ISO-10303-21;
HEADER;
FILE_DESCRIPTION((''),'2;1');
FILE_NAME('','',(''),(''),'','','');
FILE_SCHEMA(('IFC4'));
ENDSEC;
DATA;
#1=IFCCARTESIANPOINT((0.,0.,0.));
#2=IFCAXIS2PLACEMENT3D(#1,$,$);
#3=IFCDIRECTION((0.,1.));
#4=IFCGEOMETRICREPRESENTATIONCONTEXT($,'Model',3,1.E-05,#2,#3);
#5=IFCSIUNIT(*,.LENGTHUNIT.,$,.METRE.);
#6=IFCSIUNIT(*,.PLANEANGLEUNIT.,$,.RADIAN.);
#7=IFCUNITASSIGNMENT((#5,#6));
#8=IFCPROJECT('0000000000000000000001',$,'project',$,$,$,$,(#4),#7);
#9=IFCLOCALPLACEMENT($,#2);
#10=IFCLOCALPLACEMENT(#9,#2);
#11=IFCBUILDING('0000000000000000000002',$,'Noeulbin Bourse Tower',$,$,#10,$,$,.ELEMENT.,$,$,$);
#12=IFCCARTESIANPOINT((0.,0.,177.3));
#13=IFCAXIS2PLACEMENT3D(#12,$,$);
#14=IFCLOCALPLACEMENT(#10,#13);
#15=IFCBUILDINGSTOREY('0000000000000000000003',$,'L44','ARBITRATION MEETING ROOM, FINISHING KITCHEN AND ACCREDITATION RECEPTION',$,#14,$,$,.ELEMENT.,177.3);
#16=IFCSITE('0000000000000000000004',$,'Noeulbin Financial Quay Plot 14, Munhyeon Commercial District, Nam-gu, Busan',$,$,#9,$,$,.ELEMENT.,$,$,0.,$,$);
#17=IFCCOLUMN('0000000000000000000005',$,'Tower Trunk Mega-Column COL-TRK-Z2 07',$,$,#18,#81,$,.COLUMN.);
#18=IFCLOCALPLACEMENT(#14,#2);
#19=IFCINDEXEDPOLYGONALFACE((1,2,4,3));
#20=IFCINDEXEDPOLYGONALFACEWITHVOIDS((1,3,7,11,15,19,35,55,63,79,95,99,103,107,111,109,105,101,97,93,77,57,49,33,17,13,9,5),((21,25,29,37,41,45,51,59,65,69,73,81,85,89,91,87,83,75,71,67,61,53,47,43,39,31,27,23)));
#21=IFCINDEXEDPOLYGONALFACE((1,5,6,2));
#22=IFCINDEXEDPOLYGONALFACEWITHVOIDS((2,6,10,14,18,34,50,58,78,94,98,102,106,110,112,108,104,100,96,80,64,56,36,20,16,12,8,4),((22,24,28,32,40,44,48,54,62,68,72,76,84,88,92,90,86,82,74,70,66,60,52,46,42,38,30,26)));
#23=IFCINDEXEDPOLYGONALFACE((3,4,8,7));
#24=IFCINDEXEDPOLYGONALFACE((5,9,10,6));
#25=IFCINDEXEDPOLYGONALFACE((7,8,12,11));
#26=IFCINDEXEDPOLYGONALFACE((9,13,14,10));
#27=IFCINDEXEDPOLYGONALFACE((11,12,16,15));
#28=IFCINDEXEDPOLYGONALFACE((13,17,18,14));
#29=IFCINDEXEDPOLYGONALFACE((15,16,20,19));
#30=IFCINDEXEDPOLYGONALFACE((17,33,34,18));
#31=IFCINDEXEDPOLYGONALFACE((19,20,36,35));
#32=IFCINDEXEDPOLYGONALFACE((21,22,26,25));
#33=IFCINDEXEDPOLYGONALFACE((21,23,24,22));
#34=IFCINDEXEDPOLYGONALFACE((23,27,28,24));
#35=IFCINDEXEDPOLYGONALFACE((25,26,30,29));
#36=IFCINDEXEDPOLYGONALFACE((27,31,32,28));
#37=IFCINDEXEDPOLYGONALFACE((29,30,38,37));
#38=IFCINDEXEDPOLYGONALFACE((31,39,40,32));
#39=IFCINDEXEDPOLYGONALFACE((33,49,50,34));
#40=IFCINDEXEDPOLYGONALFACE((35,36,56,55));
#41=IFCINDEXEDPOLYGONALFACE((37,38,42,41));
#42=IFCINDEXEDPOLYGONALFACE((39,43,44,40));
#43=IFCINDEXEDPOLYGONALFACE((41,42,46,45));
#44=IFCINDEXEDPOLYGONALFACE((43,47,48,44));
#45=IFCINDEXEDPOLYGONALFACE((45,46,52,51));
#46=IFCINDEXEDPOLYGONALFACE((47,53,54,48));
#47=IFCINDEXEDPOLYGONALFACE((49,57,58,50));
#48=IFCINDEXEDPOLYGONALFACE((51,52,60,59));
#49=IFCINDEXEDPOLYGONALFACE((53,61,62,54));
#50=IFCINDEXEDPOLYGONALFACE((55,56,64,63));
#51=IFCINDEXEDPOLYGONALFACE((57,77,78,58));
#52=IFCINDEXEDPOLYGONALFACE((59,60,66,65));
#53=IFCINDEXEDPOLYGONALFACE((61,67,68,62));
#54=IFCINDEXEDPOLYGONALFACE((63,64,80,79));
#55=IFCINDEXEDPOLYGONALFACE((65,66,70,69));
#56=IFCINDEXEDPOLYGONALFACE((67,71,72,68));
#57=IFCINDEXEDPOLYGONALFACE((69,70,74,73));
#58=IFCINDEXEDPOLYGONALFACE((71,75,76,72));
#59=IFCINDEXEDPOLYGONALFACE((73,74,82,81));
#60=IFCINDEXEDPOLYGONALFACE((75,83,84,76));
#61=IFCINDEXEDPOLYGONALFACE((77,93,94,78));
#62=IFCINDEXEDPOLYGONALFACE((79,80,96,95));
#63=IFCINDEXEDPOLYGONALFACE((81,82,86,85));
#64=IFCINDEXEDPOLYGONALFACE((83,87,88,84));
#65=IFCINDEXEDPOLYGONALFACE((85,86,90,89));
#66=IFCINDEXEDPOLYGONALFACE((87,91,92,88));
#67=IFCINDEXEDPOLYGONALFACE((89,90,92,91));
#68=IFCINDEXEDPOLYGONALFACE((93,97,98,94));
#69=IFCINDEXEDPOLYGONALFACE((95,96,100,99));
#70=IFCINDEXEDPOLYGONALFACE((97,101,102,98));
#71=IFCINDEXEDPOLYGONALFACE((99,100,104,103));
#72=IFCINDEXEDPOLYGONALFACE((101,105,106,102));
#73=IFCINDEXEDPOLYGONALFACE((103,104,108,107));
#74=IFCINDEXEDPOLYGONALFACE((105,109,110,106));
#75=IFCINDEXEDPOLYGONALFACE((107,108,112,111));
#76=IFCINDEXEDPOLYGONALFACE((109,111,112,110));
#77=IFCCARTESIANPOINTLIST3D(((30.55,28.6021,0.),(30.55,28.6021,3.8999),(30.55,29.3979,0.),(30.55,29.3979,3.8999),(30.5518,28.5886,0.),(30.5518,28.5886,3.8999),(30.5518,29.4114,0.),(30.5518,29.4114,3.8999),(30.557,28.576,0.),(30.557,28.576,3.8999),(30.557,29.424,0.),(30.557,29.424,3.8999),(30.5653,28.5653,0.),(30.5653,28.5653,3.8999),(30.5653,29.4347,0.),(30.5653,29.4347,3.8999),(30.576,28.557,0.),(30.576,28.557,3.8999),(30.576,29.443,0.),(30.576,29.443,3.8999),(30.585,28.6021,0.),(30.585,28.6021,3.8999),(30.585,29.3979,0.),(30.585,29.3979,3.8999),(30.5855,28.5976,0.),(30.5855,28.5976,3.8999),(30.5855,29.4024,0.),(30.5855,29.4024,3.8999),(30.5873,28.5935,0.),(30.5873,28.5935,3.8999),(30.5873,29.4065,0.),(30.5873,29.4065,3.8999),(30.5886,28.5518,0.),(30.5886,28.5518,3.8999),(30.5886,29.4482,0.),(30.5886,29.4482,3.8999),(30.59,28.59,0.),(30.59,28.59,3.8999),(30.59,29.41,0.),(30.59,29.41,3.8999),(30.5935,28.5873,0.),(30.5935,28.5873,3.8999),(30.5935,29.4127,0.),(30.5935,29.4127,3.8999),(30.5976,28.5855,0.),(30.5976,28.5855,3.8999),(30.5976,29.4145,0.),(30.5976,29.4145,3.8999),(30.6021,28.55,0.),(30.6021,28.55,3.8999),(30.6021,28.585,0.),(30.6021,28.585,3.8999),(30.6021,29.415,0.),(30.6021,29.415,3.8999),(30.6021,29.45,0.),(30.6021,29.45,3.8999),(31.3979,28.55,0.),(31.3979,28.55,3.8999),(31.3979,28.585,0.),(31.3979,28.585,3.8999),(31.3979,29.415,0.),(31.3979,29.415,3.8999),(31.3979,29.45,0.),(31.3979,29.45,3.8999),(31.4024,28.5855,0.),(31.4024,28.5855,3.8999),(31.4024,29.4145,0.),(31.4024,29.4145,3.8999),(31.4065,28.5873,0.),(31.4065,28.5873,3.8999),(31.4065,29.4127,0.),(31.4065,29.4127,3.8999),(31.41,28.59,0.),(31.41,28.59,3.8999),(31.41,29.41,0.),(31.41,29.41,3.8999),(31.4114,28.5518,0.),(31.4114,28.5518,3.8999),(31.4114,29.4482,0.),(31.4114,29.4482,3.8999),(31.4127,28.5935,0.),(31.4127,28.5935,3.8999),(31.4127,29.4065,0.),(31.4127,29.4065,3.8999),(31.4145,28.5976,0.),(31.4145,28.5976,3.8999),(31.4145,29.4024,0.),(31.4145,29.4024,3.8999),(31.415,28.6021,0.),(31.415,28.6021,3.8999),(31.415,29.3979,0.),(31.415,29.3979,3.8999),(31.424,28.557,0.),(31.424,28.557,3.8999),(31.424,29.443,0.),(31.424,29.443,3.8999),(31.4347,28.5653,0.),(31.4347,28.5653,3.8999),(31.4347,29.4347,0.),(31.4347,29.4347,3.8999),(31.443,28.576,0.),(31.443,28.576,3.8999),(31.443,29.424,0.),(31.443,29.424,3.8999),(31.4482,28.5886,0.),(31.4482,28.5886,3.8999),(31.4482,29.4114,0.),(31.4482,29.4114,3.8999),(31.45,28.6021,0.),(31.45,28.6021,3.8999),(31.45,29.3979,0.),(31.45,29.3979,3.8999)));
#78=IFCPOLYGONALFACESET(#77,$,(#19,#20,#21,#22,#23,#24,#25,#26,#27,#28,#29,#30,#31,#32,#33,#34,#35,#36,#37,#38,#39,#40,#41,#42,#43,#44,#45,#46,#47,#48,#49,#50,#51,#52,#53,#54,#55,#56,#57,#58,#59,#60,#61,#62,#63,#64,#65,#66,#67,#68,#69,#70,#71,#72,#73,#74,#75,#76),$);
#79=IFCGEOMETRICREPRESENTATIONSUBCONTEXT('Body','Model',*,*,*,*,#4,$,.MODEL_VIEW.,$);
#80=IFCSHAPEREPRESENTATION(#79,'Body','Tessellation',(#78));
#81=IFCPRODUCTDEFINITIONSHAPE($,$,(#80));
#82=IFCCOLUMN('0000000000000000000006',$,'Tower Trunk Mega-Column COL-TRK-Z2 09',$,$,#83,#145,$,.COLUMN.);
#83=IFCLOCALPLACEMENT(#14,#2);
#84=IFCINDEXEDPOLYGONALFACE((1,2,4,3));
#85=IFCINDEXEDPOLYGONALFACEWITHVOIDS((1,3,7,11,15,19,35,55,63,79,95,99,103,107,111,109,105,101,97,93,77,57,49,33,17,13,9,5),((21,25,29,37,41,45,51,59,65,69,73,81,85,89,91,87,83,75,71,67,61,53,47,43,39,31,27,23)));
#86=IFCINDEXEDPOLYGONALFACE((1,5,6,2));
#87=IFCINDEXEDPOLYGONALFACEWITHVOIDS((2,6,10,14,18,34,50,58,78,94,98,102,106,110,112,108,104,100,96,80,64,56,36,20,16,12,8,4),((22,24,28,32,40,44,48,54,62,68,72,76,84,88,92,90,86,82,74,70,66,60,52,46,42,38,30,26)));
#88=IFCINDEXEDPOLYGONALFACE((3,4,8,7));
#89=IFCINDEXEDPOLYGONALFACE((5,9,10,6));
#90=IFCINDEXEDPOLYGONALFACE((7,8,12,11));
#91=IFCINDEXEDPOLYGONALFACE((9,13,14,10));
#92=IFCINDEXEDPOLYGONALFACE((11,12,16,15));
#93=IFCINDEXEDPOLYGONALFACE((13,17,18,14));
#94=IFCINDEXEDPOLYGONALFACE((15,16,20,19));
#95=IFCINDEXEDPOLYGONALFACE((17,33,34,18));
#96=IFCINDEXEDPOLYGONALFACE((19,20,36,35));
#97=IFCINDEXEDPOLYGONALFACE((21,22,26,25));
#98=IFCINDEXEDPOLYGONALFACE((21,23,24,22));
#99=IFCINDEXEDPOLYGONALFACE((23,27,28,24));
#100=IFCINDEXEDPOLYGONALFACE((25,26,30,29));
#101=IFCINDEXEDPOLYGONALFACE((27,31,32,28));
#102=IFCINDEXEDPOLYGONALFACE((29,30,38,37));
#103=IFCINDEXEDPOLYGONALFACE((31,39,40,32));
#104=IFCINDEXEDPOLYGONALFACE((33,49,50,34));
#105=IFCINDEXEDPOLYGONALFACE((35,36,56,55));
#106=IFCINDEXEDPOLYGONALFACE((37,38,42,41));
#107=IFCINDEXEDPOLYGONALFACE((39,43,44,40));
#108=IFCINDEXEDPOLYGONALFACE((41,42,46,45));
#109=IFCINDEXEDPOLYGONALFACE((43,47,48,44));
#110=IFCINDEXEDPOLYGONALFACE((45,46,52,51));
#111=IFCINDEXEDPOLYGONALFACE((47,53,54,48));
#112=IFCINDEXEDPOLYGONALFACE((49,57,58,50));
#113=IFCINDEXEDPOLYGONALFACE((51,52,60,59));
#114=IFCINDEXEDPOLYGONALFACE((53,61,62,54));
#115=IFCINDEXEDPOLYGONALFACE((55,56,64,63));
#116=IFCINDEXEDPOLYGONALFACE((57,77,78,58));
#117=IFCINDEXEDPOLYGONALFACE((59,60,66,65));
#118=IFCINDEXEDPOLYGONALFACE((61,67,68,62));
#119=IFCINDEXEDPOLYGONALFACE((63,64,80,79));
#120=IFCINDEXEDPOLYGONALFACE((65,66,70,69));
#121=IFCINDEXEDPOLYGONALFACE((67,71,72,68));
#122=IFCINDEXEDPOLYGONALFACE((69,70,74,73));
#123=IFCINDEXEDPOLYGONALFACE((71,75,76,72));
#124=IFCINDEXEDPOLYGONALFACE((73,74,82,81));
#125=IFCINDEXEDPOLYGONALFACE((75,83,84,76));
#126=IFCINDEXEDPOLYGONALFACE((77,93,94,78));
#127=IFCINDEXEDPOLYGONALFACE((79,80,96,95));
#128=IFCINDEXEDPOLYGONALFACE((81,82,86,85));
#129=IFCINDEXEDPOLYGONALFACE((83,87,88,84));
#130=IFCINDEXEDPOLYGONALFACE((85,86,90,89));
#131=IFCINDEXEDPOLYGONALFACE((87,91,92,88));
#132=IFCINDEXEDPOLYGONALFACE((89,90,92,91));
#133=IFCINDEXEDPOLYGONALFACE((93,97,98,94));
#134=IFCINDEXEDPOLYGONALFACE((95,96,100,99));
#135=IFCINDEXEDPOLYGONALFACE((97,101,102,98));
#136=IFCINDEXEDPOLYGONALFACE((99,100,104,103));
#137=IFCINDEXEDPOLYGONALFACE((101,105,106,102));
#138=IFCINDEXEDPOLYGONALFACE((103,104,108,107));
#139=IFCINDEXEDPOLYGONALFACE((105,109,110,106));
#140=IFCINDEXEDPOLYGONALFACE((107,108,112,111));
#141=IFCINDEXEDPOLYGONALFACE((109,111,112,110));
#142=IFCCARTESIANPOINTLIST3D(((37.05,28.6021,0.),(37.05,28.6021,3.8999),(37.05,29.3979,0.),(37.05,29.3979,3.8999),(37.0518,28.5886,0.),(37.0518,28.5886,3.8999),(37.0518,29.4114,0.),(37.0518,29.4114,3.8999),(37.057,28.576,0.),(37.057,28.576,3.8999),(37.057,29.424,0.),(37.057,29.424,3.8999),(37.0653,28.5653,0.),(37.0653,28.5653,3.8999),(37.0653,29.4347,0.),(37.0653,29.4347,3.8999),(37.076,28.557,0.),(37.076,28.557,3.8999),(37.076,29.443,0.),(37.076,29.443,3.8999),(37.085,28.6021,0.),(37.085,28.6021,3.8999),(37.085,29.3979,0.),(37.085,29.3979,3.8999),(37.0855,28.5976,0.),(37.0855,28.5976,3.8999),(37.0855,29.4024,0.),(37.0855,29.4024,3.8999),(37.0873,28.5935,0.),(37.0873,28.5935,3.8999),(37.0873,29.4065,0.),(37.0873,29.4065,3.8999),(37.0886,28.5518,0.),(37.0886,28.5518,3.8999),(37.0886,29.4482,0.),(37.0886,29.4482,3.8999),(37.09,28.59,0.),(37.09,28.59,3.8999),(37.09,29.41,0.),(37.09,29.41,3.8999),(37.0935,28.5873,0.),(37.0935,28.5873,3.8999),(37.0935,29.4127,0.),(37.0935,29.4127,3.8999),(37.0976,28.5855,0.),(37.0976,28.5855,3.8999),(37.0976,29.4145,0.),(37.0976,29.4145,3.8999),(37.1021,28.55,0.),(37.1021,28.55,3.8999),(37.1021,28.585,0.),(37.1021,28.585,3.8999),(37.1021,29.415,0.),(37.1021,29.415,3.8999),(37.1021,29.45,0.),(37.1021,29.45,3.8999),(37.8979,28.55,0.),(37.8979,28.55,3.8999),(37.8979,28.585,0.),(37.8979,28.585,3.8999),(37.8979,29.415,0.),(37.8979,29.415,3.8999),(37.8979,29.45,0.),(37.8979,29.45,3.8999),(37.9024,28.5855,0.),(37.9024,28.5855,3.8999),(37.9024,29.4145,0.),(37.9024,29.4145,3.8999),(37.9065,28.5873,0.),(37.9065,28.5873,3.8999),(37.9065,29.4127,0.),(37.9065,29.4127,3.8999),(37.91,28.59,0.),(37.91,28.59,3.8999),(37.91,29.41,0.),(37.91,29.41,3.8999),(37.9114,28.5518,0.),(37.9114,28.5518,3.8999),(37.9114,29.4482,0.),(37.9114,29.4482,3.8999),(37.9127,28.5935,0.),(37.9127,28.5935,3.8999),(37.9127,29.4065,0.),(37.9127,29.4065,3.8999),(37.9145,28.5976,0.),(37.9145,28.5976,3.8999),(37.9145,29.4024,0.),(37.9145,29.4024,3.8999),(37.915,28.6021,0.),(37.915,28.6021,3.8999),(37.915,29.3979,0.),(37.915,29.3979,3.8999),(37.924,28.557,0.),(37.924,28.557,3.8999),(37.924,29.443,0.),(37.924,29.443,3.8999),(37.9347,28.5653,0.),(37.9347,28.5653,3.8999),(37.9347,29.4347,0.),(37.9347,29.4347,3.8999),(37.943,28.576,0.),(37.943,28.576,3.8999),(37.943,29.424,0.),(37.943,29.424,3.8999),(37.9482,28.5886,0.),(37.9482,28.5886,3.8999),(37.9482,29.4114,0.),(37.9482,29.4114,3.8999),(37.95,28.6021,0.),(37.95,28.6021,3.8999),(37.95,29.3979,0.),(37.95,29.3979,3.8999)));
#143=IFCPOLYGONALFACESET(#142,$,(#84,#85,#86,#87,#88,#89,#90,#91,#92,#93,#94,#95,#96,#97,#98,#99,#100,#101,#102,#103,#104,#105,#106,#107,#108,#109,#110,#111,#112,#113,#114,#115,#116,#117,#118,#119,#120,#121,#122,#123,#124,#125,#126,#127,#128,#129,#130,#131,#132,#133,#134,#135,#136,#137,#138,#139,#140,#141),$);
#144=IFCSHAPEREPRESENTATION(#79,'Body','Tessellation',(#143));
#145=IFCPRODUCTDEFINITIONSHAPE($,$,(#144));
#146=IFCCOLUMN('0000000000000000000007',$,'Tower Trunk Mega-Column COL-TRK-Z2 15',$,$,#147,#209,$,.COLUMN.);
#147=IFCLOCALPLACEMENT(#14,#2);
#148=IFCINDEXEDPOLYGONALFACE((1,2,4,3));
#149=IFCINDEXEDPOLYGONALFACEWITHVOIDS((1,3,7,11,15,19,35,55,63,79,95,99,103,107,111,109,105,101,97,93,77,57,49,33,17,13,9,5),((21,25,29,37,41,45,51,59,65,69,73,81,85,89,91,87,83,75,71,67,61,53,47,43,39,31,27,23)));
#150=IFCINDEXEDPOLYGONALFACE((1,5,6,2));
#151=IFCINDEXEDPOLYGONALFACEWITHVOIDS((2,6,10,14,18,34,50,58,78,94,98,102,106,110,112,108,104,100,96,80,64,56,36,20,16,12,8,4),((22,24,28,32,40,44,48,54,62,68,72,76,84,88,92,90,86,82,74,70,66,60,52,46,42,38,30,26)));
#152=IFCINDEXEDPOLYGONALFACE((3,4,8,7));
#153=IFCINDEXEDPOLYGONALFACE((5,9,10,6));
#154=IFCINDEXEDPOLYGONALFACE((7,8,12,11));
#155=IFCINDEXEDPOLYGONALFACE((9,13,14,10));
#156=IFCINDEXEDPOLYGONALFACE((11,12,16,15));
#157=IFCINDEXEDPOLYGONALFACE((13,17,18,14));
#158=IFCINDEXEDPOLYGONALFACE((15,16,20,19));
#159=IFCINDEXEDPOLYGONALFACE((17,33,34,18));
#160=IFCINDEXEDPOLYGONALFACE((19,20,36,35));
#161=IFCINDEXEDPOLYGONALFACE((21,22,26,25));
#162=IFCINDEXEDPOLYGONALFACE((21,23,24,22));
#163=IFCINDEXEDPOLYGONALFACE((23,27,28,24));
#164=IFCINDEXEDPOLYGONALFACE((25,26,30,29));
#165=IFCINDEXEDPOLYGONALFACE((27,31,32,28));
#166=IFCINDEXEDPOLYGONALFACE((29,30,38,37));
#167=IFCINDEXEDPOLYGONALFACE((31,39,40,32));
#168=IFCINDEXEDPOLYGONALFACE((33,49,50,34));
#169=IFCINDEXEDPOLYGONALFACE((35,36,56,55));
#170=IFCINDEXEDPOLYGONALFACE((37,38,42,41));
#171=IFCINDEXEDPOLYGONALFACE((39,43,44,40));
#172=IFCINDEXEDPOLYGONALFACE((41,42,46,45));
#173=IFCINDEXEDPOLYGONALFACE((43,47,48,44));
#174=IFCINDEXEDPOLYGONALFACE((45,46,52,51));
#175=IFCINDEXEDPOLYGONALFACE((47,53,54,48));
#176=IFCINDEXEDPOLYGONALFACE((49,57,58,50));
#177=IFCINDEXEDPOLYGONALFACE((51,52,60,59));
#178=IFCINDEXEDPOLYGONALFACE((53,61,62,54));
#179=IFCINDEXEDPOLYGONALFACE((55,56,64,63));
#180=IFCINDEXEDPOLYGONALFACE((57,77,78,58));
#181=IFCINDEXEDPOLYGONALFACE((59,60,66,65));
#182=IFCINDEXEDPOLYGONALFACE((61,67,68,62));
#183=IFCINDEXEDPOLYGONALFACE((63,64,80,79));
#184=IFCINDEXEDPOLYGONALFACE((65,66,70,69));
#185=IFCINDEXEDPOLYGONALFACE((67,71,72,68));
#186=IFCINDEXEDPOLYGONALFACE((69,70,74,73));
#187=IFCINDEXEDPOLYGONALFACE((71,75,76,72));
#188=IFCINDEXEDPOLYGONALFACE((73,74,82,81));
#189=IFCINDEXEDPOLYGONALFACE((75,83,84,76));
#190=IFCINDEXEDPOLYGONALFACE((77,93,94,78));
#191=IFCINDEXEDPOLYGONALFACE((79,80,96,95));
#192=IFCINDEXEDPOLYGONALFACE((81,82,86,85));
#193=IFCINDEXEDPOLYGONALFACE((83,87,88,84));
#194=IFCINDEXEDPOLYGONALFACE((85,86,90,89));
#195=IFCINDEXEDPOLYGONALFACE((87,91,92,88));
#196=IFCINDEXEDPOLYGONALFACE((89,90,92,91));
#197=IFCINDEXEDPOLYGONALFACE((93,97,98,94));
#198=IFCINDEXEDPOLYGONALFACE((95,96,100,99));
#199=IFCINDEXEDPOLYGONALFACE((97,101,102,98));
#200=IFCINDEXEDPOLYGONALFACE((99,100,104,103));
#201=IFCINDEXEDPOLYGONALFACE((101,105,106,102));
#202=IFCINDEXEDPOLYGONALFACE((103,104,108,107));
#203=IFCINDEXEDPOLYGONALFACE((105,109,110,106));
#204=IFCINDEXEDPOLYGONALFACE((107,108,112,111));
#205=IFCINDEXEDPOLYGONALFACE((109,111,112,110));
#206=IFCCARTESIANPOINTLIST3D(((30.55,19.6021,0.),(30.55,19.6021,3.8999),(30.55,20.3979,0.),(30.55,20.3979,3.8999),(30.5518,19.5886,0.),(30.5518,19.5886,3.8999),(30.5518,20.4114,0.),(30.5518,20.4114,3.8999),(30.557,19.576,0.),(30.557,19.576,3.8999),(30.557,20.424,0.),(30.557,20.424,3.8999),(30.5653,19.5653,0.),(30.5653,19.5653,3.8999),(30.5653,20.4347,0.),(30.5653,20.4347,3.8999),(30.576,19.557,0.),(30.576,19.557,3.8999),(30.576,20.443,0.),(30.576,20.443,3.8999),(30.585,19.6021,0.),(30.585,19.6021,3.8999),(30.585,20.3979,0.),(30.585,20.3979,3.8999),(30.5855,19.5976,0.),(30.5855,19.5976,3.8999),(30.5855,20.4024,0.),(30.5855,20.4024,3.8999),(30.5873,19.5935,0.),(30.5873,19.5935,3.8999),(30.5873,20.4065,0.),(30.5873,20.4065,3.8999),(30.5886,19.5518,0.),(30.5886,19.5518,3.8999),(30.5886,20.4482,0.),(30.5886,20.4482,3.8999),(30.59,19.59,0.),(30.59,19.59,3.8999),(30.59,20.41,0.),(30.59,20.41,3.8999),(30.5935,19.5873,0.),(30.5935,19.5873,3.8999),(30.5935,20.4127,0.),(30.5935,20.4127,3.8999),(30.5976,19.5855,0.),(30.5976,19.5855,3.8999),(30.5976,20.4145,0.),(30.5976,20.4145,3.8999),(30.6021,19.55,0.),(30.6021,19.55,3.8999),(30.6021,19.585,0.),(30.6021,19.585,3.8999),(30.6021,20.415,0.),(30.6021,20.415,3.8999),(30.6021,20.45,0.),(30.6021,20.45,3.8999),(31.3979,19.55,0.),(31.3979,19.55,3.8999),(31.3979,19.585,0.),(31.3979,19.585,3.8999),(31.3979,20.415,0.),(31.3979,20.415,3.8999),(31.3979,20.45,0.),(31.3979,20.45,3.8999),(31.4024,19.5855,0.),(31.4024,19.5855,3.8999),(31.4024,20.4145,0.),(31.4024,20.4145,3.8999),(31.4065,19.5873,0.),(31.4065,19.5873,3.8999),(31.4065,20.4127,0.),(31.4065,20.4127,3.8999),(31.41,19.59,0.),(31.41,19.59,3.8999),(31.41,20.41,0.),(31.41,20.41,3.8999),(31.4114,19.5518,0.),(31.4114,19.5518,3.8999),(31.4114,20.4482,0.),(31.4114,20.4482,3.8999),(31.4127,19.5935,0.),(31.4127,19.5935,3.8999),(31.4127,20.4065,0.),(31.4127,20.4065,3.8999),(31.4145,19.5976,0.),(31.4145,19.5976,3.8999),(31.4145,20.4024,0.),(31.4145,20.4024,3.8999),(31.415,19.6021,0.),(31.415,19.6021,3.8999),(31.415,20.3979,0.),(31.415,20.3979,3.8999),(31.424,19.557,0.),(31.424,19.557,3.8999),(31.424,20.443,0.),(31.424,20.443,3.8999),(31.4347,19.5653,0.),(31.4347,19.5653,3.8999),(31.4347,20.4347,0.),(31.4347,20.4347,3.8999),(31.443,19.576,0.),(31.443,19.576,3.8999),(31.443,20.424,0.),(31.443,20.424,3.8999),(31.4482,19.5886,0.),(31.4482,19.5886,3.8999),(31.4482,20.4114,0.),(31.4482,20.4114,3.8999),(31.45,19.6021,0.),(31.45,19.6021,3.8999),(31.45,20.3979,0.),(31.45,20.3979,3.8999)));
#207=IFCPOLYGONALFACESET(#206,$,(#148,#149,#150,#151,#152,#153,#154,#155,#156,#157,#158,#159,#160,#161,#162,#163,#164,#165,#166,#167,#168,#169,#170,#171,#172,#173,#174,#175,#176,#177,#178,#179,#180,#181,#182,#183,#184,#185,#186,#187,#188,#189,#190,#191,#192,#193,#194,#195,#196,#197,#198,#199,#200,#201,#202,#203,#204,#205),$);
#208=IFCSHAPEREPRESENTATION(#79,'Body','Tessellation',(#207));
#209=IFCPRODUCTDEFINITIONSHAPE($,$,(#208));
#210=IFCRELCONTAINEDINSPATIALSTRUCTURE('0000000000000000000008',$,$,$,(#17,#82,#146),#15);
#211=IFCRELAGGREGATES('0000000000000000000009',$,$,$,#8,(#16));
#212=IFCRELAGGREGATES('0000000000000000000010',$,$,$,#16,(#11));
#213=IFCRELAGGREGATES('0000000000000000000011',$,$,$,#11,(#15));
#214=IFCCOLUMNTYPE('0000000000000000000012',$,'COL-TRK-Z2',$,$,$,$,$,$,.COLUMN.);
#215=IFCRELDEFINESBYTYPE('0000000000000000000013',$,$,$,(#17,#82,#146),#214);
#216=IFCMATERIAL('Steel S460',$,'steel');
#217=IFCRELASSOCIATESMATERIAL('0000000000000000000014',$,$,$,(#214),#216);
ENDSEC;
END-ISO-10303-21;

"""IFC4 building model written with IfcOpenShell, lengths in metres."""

from ifc_helpers import new_model, si_unit, direction, frame, origin, origin_2d, place, context, subcontext, project, spatial, hollow_rectangle, extrude, material, material_profile, profile_set, type_object, element, save


model = new_model("IFC4")

# Units and contexts
model_context = context("Model", 3, precision=1e-05, world=origin(), true_north=direction((0.0, 1.0)))
body_context = subcontext(model_context, "Body", "Model", "MODEL_VIEW")
ifc_project = project(units=[si_unit("LENGTHUNIT", "METRE"), si_unit("PLANEANGLEUNIT", "RADIAN")], contexts=[model_context])

# Site, building, storey
site_placement = place(None, origin())
site = spatial("IfcSite", under=ifc_project, at=site_placement, Name="Noeulbin Financial Quay Plot 14, Munhyeon Commercial District, Nam-gu, Busan", CompositionType="ELEMENT", RefElevation=0.0)
building_placement = place(site_placement, origin())
building = spatial("IfcBuilding", under=site, at=building_placement, Name="Noeulbin Bourse Tower", CompositionType="ELEMENT")
storey_placement = place(building_placement, frame((0.0, 0.0, 177.3)))
storey = spatial("IfcBuildingStorey", under=building, at=storey_placement, Name="L44", Description="ARBITRATION MEETING ROOM, FINISHING KITCHEN AND ACCREDITATION RECEPTION", CompositionType="ELEMENT", Elevation=177.3)

# Columns
ifc_material_1 = material(Name="Steel S460", Category="steel")
ifc_material_profile_1 = material_profile(ifc_material_1, hollow_rectangle(XDim=0.8999, YDim=0.8999, WallThickness=0.0349, InnerFilletRadius=0.0171, OuterFilletRadius=0.052, at=origin_2d()), Name="BOX-900x900x35", Category="LoadBearing")
ifc_profile_set_1 = profile_set([ifc_material_profile_1], Name="Steel S460")
column_type = type_object("IfcColumnType", Name="COL-TRK-Z2", PredefinedType="COLUMN", material=ifc_profile_set_1)
for number, where, z_axis, x_axis, name in (
    (1, (31.0, 29.0, 0.0), (0.0, 0.0, 1.0), (1.0, 0.0, 0.0), "Tower Trunk Mega-Column COL-TRK-Z2 07"),
    (2, (37.5, 29.0, 0.0), (0.0, 0.0, 1.0), (1.0, 0.0, 0.0), "Tower Trunk Mega-Column COL-TRK-Z2 09"),
    (3, (31.0, 20.0, 0.0), (0.0, 0.0, 1.0), (1.0, 0.0, 0.0), "Tower Trunk Mega-Column COL-TRK-Z2 15"),
):
    element("IfcColumn", number, at=place(storey_placement, frame(where, z_axis=z_axis, x_axis=x_axis)), inside=storey, type_object=column_type, Name=name, PredefinedType="COLUMN", context=body_context, shape_type="SweptSolid", body=[
        extrude(hollow_rectangle(XDim=0.8999, YDim=0.8999, WallThickness=0.0349, InnerFilletRadius=0.0171, OuterFilletRadius=0.052, at=origin_2d()), origin(), (0.0, 0.0, 1.0), 3.8999),
    ])

save(model, "model.ifc")
